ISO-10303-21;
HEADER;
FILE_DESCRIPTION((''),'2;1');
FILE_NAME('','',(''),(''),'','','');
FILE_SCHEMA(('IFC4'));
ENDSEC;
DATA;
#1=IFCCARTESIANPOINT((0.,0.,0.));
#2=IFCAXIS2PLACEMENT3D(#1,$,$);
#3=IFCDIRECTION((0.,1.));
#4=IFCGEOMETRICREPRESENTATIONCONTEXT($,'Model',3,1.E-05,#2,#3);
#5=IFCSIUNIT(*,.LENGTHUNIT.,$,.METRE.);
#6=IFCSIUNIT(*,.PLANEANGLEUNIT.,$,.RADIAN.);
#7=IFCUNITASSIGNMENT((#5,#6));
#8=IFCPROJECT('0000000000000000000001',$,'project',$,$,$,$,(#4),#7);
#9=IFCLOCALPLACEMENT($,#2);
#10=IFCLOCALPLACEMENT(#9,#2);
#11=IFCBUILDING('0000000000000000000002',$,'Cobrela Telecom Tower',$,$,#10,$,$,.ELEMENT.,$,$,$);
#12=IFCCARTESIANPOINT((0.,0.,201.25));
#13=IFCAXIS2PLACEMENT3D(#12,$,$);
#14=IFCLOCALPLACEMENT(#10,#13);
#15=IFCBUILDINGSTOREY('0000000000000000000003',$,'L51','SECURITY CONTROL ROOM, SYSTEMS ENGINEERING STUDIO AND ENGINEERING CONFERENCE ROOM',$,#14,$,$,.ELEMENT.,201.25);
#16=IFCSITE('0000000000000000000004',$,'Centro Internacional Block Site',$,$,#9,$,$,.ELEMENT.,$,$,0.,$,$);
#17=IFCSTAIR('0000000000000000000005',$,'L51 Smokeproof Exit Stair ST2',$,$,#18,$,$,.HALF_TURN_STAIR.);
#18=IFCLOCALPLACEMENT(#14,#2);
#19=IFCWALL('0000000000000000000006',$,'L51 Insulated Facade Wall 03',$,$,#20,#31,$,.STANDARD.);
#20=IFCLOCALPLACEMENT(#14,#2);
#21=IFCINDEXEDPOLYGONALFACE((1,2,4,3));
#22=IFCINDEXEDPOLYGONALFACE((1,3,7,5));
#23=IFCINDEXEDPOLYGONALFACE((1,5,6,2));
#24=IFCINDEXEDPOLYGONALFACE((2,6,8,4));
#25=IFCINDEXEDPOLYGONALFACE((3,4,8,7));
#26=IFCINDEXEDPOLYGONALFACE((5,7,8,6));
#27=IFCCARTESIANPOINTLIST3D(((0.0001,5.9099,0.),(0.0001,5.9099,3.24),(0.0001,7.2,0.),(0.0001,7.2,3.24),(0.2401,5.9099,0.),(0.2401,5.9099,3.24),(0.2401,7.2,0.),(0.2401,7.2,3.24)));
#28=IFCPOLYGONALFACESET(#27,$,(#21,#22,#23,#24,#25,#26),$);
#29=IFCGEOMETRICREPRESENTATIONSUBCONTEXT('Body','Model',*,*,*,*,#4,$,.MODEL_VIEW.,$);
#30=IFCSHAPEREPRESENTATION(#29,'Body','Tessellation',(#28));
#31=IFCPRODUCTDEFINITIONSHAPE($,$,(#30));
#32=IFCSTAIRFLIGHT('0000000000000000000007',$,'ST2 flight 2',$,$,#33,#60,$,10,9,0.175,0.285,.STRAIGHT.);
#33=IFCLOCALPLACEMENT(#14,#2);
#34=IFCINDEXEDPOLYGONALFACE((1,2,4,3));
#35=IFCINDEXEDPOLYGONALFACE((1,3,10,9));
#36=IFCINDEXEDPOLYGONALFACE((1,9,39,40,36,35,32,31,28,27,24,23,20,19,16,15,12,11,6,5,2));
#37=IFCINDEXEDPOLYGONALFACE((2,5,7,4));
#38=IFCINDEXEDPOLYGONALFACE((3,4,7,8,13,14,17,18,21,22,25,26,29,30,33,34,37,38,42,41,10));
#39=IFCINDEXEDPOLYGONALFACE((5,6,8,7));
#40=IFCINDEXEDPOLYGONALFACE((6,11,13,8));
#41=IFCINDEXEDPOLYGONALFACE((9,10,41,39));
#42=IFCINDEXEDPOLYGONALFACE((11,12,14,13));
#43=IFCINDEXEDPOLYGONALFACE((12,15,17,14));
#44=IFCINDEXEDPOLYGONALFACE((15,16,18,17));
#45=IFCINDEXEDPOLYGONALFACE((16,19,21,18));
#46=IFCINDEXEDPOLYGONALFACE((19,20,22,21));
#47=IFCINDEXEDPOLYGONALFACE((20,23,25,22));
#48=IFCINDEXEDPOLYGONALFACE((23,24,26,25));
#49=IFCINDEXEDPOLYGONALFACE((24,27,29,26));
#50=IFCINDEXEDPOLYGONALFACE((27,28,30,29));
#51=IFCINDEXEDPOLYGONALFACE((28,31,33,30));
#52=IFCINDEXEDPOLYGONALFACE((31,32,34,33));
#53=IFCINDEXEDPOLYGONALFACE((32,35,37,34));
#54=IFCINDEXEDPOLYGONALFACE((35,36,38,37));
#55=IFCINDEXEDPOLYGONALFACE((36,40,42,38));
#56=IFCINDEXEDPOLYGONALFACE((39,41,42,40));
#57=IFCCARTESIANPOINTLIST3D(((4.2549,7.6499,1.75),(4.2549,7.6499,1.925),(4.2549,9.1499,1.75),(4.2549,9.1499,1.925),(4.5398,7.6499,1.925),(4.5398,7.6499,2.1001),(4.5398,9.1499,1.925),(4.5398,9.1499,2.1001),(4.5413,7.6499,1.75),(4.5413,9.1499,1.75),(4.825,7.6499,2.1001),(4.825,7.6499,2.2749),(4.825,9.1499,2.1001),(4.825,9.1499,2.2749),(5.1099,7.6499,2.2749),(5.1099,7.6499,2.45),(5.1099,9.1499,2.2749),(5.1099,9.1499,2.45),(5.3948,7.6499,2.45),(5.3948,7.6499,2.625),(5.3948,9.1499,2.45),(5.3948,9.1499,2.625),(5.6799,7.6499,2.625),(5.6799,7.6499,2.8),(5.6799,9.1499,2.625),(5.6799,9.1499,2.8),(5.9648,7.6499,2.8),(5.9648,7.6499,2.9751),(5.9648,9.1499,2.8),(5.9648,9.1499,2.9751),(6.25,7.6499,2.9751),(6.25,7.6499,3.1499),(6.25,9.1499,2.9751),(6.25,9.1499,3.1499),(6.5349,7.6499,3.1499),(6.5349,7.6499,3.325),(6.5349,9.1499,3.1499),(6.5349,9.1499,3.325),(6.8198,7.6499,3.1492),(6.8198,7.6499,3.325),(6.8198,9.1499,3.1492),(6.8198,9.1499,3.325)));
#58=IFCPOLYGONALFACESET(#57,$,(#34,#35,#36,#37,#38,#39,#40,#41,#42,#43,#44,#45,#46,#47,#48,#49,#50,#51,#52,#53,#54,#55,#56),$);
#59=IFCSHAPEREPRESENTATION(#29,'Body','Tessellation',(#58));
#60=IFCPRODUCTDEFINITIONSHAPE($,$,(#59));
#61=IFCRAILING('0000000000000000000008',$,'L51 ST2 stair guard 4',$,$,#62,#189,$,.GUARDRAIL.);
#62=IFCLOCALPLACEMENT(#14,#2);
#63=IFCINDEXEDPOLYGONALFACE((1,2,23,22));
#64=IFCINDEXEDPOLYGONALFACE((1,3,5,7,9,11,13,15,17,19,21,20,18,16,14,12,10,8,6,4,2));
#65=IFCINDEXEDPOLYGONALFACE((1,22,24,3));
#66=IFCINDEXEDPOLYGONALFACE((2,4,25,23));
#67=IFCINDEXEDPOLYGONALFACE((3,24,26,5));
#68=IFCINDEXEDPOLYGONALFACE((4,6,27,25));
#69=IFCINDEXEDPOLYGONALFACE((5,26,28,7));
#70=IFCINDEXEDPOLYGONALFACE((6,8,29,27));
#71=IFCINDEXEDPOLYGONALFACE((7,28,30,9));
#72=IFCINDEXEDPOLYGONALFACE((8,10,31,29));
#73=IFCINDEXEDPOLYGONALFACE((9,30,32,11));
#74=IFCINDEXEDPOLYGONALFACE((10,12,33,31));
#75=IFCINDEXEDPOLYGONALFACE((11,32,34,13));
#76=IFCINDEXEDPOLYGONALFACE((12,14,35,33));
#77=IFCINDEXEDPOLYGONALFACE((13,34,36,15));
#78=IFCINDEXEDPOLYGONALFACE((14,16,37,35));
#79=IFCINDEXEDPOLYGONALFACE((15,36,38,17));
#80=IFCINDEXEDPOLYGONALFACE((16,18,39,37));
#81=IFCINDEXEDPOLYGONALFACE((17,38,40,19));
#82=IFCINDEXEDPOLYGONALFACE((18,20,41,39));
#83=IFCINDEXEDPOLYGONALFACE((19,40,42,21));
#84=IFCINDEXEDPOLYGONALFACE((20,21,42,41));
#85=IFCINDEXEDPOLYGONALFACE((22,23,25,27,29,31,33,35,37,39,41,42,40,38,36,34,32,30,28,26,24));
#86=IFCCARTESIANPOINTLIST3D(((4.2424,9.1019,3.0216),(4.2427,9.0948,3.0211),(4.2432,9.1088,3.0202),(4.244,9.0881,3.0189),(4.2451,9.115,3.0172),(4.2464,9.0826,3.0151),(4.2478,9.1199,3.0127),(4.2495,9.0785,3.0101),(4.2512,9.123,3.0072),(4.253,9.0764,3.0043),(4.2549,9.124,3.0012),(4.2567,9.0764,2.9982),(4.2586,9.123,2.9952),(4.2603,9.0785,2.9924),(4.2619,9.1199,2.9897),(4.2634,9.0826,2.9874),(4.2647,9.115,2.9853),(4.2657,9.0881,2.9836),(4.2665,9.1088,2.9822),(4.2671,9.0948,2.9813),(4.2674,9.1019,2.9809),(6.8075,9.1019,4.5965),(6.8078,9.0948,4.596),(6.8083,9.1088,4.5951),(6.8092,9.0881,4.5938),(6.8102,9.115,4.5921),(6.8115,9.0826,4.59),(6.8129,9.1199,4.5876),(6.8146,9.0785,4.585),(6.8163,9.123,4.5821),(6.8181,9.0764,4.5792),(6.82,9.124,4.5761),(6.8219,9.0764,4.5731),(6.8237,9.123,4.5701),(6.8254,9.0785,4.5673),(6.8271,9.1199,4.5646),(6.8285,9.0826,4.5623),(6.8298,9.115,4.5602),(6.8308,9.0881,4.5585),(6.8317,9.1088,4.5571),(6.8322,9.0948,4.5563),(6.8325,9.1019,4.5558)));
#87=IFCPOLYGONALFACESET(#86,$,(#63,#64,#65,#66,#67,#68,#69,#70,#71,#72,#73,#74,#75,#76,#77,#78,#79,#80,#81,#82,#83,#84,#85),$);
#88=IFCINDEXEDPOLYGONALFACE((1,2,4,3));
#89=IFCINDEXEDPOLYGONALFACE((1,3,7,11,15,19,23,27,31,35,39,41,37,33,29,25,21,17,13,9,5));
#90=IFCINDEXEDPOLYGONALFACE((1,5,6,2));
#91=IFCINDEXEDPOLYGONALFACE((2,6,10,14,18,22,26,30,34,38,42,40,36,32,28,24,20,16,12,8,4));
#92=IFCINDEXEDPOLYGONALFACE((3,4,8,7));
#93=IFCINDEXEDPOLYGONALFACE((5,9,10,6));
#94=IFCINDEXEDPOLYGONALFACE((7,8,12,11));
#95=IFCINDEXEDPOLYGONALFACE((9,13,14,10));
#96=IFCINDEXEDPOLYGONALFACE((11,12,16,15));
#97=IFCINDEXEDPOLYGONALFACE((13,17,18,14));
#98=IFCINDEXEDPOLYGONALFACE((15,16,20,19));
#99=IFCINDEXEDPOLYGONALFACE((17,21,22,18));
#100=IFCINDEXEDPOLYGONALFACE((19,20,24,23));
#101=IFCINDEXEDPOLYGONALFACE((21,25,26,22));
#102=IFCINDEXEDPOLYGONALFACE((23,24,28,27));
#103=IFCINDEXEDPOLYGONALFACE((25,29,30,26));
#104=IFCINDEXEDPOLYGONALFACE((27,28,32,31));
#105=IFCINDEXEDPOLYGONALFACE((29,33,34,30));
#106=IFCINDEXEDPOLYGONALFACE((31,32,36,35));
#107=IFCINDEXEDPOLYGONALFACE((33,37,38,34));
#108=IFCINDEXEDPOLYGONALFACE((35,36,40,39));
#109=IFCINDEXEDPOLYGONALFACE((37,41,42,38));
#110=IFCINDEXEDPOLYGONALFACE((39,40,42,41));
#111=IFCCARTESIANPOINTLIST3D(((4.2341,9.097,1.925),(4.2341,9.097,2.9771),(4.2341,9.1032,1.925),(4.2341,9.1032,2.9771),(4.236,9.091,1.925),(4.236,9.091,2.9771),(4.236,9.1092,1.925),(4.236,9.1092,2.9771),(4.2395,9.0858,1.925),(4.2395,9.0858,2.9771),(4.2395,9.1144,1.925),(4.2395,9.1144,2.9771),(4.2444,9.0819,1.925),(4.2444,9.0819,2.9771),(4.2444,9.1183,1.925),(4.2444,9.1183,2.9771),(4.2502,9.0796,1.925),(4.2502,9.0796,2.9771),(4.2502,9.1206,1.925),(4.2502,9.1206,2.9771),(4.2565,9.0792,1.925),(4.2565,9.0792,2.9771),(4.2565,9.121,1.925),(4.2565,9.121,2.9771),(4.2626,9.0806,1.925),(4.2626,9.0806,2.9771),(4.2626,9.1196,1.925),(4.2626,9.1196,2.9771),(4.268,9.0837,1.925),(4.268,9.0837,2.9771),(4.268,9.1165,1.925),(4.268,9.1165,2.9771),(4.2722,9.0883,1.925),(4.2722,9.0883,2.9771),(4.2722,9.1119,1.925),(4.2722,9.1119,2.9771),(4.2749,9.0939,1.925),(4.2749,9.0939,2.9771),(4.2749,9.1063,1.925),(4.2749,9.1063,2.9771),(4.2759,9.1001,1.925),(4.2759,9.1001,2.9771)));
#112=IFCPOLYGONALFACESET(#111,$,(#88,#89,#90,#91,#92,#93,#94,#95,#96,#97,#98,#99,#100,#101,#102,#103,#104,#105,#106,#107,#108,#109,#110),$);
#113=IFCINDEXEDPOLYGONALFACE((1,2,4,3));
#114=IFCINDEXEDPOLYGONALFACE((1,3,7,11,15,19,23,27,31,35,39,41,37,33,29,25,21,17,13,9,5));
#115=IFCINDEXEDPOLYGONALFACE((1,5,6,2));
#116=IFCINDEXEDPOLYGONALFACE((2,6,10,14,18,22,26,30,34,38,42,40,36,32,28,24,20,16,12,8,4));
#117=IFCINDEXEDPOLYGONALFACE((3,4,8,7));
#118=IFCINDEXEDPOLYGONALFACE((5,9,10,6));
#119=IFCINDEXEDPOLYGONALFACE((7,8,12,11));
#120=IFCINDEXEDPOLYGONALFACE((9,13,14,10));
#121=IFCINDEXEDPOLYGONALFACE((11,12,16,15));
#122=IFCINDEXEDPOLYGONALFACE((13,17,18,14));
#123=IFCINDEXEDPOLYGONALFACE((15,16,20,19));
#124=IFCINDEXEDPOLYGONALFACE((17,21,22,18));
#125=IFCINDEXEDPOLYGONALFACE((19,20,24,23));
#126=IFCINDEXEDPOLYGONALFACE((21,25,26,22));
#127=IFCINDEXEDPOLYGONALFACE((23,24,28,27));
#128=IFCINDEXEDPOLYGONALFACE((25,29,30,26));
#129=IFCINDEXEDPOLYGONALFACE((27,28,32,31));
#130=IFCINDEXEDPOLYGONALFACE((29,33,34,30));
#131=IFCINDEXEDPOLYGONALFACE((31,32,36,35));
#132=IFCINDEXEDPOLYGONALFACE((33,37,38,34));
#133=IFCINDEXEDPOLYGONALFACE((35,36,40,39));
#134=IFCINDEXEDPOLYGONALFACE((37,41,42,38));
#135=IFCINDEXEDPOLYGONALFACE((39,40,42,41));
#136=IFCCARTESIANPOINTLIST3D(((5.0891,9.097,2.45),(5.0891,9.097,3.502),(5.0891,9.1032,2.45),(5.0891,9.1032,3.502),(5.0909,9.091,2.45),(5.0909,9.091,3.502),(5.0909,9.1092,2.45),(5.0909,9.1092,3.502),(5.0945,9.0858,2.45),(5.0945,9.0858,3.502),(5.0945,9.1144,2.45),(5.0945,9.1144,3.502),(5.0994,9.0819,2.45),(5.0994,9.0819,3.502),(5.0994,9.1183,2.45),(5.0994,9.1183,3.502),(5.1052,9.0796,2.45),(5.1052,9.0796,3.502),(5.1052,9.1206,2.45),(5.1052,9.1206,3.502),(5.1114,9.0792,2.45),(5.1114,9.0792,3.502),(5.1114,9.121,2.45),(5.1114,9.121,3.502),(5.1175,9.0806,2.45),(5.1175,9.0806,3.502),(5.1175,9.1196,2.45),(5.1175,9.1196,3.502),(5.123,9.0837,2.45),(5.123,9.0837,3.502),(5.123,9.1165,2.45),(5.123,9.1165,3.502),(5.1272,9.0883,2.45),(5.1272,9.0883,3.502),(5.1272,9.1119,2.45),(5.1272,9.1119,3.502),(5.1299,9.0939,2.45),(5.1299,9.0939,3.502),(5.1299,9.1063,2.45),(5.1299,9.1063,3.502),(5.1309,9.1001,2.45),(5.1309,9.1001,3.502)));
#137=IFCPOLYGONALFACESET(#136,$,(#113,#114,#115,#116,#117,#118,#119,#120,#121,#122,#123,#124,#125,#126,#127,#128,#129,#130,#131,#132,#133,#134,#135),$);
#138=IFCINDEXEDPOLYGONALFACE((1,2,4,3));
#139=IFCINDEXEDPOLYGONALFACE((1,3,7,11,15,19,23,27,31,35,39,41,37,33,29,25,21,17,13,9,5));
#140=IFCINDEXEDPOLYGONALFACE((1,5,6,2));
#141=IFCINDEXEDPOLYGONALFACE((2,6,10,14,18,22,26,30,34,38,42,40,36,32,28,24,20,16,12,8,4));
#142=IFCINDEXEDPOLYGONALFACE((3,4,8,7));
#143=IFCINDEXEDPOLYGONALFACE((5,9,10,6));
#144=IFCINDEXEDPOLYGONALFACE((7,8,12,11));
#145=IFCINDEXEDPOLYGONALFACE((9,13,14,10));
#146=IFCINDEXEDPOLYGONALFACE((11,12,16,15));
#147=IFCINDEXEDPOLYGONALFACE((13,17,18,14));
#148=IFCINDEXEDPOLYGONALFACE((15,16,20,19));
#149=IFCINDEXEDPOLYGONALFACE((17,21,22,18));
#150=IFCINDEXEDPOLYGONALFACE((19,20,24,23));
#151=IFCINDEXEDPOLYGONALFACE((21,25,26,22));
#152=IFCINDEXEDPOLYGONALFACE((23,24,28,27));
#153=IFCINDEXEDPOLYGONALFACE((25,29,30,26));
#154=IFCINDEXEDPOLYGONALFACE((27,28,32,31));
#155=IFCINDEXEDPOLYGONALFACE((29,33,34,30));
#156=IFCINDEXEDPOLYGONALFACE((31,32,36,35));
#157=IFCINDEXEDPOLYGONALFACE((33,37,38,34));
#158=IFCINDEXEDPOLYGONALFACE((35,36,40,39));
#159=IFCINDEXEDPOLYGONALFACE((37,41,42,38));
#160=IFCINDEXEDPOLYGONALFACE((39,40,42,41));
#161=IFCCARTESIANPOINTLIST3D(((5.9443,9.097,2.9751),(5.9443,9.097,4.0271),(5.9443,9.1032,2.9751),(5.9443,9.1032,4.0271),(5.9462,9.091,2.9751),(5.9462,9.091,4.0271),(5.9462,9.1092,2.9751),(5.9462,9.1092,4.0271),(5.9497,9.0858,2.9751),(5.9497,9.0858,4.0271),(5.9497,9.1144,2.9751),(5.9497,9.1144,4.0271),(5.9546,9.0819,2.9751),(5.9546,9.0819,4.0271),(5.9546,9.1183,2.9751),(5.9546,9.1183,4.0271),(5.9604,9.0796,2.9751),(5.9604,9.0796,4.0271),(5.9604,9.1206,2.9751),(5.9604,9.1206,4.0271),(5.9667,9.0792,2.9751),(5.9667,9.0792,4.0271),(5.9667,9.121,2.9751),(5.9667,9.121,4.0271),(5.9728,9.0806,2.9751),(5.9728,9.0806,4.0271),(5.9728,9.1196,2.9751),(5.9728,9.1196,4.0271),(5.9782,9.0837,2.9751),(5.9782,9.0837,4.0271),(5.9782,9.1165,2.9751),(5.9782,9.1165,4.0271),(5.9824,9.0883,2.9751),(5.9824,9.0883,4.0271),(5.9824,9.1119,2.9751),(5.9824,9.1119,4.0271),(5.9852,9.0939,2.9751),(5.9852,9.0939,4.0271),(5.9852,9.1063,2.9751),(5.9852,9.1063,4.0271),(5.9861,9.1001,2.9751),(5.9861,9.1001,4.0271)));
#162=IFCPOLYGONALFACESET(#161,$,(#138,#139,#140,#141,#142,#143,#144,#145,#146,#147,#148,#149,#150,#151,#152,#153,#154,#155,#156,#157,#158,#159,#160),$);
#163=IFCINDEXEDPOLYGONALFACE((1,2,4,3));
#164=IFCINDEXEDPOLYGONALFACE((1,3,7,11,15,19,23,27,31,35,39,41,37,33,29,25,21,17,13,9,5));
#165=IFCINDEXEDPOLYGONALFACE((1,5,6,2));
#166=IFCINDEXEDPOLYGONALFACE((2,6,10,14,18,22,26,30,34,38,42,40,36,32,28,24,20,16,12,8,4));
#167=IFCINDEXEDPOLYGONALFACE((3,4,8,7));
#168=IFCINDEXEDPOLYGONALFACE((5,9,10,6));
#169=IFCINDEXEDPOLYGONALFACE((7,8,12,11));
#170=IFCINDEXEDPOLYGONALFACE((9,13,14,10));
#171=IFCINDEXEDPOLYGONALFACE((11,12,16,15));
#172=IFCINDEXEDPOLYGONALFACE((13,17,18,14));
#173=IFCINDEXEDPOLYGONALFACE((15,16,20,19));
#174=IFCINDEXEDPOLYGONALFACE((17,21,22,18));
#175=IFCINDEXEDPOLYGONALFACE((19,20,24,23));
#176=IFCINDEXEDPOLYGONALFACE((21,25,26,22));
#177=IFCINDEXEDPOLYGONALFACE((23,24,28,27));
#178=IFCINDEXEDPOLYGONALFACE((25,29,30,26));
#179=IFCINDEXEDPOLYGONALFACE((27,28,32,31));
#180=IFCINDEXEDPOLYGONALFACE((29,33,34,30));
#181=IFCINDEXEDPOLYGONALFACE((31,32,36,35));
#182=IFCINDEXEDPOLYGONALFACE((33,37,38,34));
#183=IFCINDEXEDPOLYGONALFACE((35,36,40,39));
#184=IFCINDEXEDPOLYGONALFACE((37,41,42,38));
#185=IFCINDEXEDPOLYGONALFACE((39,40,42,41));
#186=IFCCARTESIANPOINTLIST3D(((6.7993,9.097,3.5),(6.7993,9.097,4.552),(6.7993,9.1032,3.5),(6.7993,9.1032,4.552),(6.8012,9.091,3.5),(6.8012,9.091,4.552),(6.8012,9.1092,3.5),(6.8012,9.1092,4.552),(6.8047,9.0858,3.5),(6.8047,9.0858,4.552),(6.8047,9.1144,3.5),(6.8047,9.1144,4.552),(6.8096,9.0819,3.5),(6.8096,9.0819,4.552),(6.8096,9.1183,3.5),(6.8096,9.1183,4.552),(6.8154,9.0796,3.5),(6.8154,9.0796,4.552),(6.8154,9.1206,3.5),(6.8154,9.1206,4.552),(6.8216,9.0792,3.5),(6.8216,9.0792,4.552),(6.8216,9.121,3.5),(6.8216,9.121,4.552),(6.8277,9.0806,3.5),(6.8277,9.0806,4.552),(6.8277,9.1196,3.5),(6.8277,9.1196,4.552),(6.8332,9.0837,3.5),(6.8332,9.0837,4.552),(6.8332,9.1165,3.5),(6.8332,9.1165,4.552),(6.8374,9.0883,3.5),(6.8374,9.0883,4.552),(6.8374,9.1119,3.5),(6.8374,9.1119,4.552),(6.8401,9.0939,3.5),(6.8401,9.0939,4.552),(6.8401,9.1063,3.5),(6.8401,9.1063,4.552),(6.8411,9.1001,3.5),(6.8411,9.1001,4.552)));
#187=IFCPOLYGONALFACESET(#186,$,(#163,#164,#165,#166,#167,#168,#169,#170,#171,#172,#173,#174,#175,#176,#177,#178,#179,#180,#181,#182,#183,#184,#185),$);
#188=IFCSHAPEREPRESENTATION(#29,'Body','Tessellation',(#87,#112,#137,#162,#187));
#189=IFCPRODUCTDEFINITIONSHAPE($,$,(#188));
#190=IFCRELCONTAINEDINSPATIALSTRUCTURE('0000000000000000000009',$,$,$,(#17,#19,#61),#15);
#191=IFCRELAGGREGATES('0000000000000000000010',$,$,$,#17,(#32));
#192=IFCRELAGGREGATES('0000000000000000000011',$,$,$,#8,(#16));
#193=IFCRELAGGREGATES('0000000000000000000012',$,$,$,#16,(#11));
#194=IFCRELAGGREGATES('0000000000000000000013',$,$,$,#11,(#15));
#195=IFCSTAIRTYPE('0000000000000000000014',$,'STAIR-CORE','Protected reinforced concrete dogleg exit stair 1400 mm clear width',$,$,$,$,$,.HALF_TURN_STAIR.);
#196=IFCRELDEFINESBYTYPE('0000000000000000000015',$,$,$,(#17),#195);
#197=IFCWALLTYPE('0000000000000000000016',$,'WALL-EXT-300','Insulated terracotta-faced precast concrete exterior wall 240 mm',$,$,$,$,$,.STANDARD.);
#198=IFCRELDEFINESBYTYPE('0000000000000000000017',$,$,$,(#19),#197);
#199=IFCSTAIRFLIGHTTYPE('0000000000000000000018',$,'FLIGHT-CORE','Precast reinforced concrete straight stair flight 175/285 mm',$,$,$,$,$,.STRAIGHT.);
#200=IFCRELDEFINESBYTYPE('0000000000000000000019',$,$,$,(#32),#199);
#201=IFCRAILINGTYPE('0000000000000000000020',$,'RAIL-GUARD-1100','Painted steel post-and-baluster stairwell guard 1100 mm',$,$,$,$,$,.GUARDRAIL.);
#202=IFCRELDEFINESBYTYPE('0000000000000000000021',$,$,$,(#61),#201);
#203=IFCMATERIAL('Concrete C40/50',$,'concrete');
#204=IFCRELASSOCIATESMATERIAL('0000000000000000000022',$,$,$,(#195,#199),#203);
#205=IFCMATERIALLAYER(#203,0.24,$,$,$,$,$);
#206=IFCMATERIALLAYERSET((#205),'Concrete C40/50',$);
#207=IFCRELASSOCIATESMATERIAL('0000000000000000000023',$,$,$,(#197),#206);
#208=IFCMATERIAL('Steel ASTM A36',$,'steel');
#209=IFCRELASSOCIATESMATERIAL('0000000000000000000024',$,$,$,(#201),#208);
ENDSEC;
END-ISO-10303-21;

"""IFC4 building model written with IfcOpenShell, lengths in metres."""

from ifc_helpers import new_model, si_unit, direction, frame, frame_2d, origin, origin_2d, place, context, subcontext, project, spatial, polyline, rectangle, circle, outline, extrude, material, layer, layer_set, type_object, element, aggregate, save


model = new_model("IFC4")

# Units and contexts
model_context = context("Model", 3, precision=1e-05, world=origin(), true_north=direction((0.0, 1.0)))
body_context = subcontext(model_context, "Body", "Model", "MODEL_VIEW")
ifc_project = project(units=[si_unit("LENGTHUNIT", "METRE"), si_unit("PLANEANGLEUNIT", "RADIAN")], contexts=[model_context])

# Site, building, storey
site_placement = place(None, origin())
site = spatial("IfcSite", under=ifc_project, at=site_placement, Name="Centro Internacional Block Site", CompositionType="ELEMENT", RefElevation=0.0)
building_placement = place(site_placement, origin())
building = spatial("IfcBuilding", under=site, at=building_placement, Name="Cobrela Telecom Tower", CompositionType="ELEMENT")
storey_placement = place(building_placement, frame((0.0, 0.0, 201.25)))
storey = spatial("IfcBuildingStorey", under=building, at=storey_placement, Name="L51", Description="SECURITY CONTROL ROOM, SYSTEMS ENGINEERING STUDIO AND ENGINEERING CONFERENCE ROOM", CompositionType="ELEMENT", Elevation=201.25)

# Shared definitions
ifc_material_1 = material(Name="Concrete C40/50", Category="concrete")

# Stair
stair_type = type_object("IfcStairType", Name="STAIR-CORE", Description="Protected reinforced concrete dogleg exit stair 1400 mm clear width", PredefinedType="HALF_TURN_STAIR", material=ifc_material_1)
stair_1_placement = place(storey_placement, origin())
stair_1 = element("IfcStair", 1, at=stair_1_placement, inside=storey, type_object=stair_type, Name="L51 Smokeproof Exit Stair ST2", PredefinedType="HALF_TURN_STAIR")

# Wall
ifc_layer_1 = layer(ifc_material_1, 0.24)
ifc_layer_set_1 = layer_set([ifc_layer_1], Name="Concrete C40/50")
wall_type_1 = type_object("IfcWallType", Name="WALL-EXT-300", Description="Insulated terracotta-faced precast concrete exterior wall 240 mm", PredefinedType="STANDARD", material=ifc_layer_set_1)
wall_1_placement = place(storey_placement, frame((0.1201, 5.9099, 0.0), z_axis=(0.0, 0.0, 1.0), x_axis=(0.0, 1.0, 0.0)))
element("IfcWall", 2, at=wall_1_placement, inside=storey, type_object=wall_type_1, Name="L51 Insulated Facade Wall 03", PredefinedType="STANDARD", context=body_context, shape_type="SweptSolid", body=[
    extrude(rectangle(XDim=1.29, YDim=0.24, at=frame_2d((0.645, 0.0))), origin(), (0.0, 0.0, 1.0), 3.24),
])

# Stair flight
stair_flight_type = type_object("IfcStairFlightType", Name="FLIGHT-CORE", Description="Precast reinforced concrete straight stair flight 175/285 mm", PredefinedType="STRAIGHT", material=ifc_material_1)
stair_flight_placement = place(storey_placement, frame((4.2549, 8.3999, 1.75), z_axis=(0.0, 0.0, 1.0), x_axis=(1.0, 0.0, 0.0)))
stair_flight = element("IfcStairFlight", 3, at=stair_flight_placement, type_object=stair_flight_type, Name="ST2 flight 2", NumberOfRisers=10, NumberOfTreads=9, PredefinedType="STRAIGHT", RiserHeight=0.175, TreadLength=0.285, context=body_context, shape_type="SweptSolid", body=[
    extrude(outline(polyline([(0.0, 0.0), (0.0, 0.175), (0.2849, 0.175), (0.2849, 0.3501), (0.5701, 0.3501), (0.5701, 0.5249), (0.855, 0.5249), (0.855, 0.7), (1.1399, 0.7), (1.1399, 0.875), (1.425, 0.875), (1.425, 1.05), (1.71, 1.05), (1.71, 1.2251), (1.9951, 1.2251), (1.9951, 1.3999), (2.28, 1.3999), (2.28, 1.575), (2.5649, 1.575), (2.5649, 1.75), (2.5649, 1.3992), (0.2864, 0.0), (0.0, 0.0)])), frame((0.0, 0.75, 0.0), z_axis=(0.0, -1.0, 0.0), x_axis=(1.0, 0.0, 0.0)), (0.0, 0.0, 1.0), 1.5),
])
aggregate(stair_1, [stair_flight])

# Railing
ifc_material_2 = material(Name="Steel ASTM A36", Category="steel")
railing_type_1 = type_object("IfcRailingType", Name="RAIL-GUARD-1100", Description="Painted steel post-and-baluster stairwell guard 1100 mm", PredefinedType="GUARDRAIL", material=ifc_material_2)
railing_1_placement = place(storey_placement, frame((4.2549, 9.1001, 1.925)))
element("IfcRailing", 4, at=railing_1_placement, inside=storey, type_object=railing_type_1, Name="L51 ST2 stair guard 4", PredefinedType="GUARDRAIL", context=body_context, shape_type="SweptSolid", body=[
    extrude(circle(Radius=0.0239, at=origin_2d()), frame((0.0, 0.0, 1.0762), z_axis=(0.852195, 0.0, 0.523224), x_axis=(0.0, 1.0, 0.0)), (0.0, 0.0, 1.0), 3.01),
    extrude(circle(Radius=0.021, at=origin_2d()), origin(), (0.0, 0.0, 1.0), 1.052),
    extrude(circle(Radius=0.021, at=origin_2d()), frame((0.855, 0.0, 0.5249)), (0.0, 0.0, 1.0), 1.052),
    extrude(circle(Radius=0.021, at=origin_2d()), frame((1.7102, 0.0, 1.05)), (0.0, 0.0, 1.0), 1.052),
    extrude(circle(Radius=0.021, at=origin_2d()), frame((2.5652, 0.0, 1.575)), (0.0, 0.0, 1.0), 1.052),
])

save(model, "model.ifc")
